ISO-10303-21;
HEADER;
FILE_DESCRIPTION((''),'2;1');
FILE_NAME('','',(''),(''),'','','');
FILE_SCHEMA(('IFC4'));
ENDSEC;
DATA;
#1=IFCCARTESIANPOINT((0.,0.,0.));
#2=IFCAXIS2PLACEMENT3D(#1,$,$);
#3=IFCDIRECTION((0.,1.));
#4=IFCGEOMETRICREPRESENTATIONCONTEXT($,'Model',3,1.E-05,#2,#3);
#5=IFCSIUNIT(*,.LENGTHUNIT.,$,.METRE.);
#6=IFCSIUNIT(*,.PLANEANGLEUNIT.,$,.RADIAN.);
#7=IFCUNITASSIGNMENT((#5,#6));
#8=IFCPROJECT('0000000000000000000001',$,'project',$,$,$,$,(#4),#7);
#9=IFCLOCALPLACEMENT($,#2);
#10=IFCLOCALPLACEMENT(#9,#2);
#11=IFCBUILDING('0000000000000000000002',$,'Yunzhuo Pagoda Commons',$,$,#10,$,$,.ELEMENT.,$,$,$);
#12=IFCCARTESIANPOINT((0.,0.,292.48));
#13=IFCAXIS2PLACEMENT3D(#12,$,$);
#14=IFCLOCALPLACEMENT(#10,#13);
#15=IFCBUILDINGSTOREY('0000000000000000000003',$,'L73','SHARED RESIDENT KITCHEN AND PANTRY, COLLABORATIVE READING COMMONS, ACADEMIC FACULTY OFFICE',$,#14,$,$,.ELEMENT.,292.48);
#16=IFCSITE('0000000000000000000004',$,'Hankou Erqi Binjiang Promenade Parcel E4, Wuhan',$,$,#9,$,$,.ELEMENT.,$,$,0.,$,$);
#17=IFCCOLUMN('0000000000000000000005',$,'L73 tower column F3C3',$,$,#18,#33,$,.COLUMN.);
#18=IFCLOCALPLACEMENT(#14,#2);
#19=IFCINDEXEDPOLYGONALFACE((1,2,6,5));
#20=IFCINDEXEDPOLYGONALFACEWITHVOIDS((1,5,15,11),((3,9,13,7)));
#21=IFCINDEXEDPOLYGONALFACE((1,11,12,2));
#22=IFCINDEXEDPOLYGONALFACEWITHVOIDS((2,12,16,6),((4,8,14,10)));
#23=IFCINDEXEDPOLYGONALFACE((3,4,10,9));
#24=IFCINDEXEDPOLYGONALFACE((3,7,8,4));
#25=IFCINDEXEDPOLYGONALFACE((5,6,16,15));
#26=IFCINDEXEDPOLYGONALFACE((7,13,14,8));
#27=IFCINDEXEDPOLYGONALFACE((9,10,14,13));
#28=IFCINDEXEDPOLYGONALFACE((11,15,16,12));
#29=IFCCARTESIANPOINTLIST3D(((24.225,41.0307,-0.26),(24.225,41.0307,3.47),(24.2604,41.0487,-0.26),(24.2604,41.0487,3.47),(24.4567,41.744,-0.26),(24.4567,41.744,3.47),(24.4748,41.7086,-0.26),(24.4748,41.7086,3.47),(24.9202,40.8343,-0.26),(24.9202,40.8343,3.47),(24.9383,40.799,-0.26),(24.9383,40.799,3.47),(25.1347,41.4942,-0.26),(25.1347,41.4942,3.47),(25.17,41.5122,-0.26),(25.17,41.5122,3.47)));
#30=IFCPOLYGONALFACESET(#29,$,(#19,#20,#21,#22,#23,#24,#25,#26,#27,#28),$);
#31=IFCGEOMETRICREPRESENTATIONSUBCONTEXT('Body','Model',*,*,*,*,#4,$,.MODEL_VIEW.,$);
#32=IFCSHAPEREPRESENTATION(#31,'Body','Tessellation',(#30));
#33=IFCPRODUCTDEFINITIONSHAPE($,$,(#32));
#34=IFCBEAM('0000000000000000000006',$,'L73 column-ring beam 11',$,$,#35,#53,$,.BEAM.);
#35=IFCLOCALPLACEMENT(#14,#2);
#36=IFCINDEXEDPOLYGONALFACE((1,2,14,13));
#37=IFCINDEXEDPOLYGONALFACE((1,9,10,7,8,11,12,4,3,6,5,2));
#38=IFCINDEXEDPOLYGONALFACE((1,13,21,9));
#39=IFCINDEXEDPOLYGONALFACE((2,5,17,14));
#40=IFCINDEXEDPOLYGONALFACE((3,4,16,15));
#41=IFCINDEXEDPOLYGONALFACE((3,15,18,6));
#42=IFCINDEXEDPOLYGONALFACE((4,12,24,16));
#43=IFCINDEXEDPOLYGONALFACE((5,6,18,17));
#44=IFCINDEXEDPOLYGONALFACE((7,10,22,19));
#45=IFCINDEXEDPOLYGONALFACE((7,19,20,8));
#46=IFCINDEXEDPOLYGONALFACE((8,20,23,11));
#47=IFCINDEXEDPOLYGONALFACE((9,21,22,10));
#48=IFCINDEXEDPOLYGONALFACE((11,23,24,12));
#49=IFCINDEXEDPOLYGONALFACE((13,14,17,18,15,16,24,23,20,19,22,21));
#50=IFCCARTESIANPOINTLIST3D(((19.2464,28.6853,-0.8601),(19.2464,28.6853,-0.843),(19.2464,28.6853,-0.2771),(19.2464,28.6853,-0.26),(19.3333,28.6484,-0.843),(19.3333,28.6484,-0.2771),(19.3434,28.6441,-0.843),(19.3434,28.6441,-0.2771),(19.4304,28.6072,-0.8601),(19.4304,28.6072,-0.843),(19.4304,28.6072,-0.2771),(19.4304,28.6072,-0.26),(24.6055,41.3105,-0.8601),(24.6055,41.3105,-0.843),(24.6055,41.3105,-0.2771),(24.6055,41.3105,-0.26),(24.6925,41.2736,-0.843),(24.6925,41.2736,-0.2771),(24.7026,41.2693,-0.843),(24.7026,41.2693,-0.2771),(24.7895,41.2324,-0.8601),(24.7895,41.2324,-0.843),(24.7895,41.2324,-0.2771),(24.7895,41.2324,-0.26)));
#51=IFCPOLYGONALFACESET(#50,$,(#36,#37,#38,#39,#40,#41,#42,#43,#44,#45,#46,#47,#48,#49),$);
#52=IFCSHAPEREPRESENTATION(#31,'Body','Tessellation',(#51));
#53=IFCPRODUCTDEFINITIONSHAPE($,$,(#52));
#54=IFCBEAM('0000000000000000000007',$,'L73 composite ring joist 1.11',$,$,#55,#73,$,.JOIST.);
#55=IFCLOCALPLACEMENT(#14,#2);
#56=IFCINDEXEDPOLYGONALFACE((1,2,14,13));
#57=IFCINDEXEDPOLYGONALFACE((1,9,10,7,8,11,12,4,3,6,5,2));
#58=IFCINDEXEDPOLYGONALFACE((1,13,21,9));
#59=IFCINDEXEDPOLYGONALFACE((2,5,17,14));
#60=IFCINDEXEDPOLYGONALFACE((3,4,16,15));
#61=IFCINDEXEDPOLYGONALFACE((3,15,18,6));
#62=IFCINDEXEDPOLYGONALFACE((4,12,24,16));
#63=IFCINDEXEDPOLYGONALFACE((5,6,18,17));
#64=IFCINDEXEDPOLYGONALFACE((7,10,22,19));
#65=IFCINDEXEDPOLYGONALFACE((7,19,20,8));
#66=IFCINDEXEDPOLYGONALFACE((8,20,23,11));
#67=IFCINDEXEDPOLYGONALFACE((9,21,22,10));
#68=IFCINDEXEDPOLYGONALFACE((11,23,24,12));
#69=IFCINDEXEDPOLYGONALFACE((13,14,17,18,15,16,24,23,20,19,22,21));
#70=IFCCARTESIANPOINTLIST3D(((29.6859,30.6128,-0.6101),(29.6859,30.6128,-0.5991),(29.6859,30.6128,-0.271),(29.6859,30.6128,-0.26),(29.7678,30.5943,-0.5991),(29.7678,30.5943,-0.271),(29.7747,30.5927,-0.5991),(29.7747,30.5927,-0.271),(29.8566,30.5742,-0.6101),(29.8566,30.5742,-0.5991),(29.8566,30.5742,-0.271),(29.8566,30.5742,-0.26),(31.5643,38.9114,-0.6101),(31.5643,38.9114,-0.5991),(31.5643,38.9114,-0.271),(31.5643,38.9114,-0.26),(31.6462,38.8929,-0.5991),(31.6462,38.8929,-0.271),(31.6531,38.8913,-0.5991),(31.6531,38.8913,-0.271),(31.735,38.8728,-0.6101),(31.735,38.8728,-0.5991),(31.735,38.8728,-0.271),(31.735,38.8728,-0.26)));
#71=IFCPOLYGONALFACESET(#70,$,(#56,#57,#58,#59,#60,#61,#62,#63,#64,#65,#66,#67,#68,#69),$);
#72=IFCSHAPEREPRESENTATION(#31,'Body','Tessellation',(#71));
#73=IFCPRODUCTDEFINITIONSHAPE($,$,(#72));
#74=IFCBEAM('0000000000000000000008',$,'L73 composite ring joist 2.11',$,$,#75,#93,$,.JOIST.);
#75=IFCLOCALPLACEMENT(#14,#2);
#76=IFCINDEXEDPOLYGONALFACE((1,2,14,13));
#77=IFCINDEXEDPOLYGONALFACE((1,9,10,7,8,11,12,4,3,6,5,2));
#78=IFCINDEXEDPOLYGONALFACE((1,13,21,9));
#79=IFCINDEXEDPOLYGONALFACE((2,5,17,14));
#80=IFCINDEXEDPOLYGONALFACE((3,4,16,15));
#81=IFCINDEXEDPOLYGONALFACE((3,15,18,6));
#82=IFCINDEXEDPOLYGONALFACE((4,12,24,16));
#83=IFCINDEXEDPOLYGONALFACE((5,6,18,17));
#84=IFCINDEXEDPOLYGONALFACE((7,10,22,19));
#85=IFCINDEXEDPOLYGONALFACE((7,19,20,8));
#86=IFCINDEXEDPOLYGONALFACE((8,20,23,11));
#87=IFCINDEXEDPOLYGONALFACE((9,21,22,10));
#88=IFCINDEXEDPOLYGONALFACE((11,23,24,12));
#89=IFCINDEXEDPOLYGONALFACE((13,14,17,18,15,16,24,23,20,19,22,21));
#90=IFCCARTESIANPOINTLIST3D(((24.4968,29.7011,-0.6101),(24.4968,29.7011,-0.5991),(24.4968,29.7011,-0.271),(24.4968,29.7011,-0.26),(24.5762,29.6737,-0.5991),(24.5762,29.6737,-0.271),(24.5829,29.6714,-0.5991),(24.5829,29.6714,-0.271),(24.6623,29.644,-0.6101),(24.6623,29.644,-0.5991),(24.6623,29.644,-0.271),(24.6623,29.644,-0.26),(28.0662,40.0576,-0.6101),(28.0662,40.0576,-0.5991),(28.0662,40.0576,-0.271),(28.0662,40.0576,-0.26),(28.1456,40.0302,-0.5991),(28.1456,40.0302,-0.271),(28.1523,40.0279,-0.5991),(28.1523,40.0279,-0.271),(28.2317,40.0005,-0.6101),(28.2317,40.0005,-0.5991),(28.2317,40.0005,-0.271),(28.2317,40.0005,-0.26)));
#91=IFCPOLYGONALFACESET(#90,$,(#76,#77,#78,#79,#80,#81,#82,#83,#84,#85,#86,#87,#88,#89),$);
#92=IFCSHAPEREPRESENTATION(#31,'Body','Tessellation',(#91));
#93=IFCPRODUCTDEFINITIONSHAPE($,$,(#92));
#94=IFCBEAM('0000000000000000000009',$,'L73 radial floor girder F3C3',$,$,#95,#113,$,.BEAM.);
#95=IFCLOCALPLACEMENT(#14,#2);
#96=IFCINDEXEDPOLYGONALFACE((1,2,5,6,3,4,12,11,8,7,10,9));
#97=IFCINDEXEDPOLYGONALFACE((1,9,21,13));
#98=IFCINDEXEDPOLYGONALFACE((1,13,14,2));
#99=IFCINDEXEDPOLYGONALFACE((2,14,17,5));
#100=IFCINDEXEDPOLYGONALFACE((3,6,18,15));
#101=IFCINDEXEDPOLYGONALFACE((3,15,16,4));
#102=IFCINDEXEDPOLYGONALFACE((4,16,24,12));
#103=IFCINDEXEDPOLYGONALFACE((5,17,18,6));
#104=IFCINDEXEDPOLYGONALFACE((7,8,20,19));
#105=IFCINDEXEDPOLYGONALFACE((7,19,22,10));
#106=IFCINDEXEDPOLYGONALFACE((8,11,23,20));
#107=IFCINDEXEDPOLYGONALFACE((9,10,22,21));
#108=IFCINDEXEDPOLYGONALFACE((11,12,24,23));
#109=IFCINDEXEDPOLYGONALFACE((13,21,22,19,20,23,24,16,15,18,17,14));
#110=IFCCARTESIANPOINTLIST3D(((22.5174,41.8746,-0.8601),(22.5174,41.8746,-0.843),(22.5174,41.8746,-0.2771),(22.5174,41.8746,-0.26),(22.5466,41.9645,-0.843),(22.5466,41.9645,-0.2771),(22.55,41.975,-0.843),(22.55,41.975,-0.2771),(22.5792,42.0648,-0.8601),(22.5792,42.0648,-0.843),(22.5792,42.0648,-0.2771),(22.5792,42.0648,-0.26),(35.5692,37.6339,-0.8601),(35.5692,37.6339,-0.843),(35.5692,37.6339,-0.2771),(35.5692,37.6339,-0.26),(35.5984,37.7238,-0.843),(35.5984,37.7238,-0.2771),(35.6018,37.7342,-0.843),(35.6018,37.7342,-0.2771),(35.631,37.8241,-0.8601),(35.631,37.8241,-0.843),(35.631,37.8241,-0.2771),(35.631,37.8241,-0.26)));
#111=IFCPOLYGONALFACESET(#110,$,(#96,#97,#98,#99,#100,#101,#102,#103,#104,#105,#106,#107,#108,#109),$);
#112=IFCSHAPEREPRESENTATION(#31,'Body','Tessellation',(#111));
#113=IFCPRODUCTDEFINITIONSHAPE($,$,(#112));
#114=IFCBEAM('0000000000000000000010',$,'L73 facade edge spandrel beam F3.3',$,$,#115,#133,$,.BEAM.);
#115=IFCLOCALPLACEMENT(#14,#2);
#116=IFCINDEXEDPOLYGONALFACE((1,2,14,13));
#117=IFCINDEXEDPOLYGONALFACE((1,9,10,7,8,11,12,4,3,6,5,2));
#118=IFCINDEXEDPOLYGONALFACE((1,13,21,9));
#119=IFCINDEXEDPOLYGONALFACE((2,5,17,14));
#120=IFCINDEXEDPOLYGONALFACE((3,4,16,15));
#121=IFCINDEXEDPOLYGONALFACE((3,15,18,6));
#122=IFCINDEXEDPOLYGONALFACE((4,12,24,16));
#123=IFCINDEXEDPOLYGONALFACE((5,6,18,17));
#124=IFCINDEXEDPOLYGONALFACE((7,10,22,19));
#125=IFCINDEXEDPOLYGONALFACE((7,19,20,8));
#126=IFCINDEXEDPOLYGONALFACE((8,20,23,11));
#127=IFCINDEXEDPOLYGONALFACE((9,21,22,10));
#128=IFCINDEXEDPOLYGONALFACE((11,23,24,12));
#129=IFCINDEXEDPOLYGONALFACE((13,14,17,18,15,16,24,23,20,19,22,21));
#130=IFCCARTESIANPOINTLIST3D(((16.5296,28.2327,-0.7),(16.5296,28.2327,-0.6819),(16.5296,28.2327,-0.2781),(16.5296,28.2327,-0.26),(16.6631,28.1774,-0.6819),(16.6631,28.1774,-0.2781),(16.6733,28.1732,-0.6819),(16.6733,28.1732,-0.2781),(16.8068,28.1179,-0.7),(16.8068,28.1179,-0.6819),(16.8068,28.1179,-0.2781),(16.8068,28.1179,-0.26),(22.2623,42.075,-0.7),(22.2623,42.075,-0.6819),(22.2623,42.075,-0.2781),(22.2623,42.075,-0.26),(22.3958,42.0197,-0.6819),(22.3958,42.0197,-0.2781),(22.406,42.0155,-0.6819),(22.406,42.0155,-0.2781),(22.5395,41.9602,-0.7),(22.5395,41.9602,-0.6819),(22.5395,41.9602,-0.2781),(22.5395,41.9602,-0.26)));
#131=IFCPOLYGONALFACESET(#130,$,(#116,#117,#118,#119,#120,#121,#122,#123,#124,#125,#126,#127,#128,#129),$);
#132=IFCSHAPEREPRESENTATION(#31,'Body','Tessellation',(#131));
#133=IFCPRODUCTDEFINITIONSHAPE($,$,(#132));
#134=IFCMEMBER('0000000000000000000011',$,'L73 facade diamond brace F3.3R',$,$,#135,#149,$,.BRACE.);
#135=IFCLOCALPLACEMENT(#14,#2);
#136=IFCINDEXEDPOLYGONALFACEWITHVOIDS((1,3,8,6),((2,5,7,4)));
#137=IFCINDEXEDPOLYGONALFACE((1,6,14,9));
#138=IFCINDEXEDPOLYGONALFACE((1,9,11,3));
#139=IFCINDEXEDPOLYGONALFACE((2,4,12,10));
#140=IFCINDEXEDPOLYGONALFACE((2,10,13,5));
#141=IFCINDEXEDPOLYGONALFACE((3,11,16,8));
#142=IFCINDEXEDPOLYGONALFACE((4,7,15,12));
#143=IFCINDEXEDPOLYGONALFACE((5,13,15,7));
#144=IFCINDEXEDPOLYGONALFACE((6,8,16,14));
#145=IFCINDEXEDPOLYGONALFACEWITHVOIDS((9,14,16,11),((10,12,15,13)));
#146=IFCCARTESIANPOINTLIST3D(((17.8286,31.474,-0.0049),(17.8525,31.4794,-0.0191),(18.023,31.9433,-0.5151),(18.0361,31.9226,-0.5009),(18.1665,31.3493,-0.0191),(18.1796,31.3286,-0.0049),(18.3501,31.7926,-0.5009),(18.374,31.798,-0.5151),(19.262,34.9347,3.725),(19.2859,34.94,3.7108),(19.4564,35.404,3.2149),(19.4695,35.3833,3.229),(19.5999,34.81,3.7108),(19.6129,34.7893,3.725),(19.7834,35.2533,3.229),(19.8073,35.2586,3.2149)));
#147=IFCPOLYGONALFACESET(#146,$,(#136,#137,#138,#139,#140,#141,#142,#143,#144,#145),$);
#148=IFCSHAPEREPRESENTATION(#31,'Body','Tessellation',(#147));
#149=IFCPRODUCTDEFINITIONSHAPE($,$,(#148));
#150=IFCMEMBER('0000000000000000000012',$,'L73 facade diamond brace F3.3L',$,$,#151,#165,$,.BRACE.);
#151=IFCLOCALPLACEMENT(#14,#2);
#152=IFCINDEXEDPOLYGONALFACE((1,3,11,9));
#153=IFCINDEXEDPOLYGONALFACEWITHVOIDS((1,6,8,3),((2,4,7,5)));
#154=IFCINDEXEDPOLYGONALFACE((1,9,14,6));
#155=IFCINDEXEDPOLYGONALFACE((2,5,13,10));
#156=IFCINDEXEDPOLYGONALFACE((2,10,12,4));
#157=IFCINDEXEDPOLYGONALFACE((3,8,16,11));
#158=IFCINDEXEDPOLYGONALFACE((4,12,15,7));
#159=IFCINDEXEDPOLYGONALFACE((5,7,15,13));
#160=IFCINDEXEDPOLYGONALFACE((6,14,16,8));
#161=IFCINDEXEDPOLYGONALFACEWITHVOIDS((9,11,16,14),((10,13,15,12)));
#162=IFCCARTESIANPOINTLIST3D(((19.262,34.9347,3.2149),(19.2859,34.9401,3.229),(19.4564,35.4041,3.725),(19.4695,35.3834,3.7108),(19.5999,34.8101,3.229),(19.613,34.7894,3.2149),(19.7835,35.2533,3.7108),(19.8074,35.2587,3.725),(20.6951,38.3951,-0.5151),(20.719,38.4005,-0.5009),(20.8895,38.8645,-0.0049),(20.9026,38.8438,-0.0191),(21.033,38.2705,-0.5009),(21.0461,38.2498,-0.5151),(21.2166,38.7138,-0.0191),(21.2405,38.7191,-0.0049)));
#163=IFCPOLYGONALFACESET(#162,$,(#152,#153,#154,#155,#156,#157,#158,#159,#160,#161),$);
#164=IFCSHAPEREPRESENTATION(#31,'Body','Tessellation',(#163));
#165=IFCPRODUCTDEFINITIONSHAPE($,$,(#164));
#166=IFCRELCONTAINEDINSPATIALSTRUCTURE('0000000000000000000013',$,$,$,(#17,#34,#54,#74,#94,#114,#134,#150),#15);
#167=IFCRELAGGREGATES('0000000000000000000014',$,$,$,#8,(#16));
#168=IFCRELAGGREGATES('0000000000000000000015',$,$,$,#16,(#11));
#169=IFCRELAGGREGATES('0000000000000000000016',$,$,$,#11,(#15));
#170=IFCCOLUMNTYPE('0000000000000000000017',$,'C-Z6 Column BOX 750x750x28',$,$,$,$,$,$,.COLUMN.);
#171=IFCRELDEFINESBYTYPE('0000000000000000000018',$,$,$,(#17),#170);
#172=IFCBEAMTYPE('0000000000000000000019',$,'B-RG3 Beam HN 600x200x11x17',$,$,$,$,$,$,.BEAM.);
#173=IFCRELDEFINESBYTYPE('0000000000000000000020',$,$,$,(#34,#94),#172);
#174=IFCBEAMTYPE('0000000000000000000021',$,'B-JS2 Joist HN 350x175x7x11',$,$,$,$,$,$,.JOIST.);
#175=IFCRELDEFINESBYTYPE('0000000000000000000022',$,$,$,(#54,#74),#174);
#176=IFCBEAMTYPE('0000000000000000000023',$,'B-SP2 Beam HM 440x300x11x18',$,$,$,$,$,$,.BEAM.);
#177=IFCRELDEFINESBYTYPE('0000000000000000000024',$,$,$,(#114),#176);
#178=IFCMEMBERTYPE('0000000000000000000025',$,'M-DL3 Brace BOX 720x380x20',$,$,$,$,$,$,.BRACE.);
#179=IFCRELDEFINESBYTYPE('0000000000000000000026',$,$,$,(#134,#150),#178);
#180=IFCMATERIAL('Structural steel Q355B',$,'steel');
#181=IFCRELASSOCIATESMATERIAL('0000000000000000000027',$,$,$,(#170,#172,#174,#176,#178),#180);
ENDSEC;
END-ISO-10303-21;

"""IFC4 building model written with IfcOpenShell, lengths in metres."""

from ifc_helpers import new_model, si_unit, direction, frame, origin, origin_2d, place, context, subcontext, project, spatial, hollow_rectangle, i_section, extrude, source, transform, mapped, material, material_profile, profile_set, type_object, element, save


model = new_model("IFC4")

# Units and contexts
model_context = context("Model", 3, precision=1e-05, world=origin(), true_north=direction((0.0, 1.0)))
body_context = subcontext(model_context, "Body", "Model", "MODEL_VIEW")
ifc_project = project(units=[si_unit("LENGTHUNIT", "METRE"), si_unit("PLANEANGLEUNIT", "RADIAN")], contexts=[model_context])

# Site, building, storey
site_placement = place(None, origin())
site = spatial("IfcSite", under=ifc_project, at=site_placement, Name="Hankou Erqi Binjiang Promenade Parcel E4, Wuhan", CompositionType="ELEMENT", RefElevation=0.0)
building_placement = place(site_placement, origin())
building = spatial("IfcBuilding", under=site, at=building_placement, Name="Yunzhuo Pagoda Commons", CompositionType="ELEMENT")
storey_placement = place(building_placement, frame((0.0, 0.0, 292.48)))
storey = spatial("IfcBuildingStorey", under=building, at=storey_placement, Name="L73", Description="SHARED RESIDENT KITCHEN AND PANTRY, COLLABORATIVE READING COMMONS, ACADEMIC FACULTY OFFICE", CompositionType="ELEMENT", Elevation=292.48)

# Column
ifc_material_1 = material(Name="Structural steel Q355B", Category="steel")
ifc_material_profile_1 = material_profile(ifc_material_1, hollow_rectangle(XDim=0.75, YDim=0.75, WallThickness=0.0281, at=origin_2d()), Name="Structural steel Q355B")
ifc_profile_set_1 = profile_set([ifc_material_profile_1], Name="Structural steel Q355B")
column_type = type_object("IfcColumnType", Name="C-Z6 Column BOX 750x750x28", PredefinedType="COLUMN", material=ifc_profile_set_1)
shared_shape_1 = source(origin(), body_context, "Body", "SweptSolid", [
    extrude(hollow_rectangle(XDim=0.75, YDim=0.75, WallThickness=0.0281, at=origin_2d()), origin(), (0.0, 0.0, 1.0), 3.73),
])
column_placement = place(storey_placement, frame((24.6975, 41.2715, -0.26), z_axis=(0.0, 0.0, 1.0), x_axis=(-0.309017, -0.951057, 0.0)))
element("IfcColumn", 1, at=column_placement, inside=storey, type_object=column_type, Name="L73 tower column F3C3", PredefinedType="COLUMN", context=body_context, shape_type="MappedRepresentation", body=[
    mapped(shared_shape_1, transform((0.0, 0.0, 0.0), scale=1.0)),
])

# Beams
ifc_material_profile_2 = material_profile(ifc_material_1, i_section(OverallWidth=0.2, OverallDepth=0.6001, WebThickness=0.011, FlangeThickness=0.0171, at=origin_2d()), Name="Structural steel Q355B")
ifc_profile_set_2 = profile_set([ifc_material_profile_2], Name="Structural steel Q355B")
beam_type_1 = type_object("IfcBeamType", Name="B-RG3 Beam HN 600x200x11x17", PredefinedType="BEAM", material=ifc_profile_set_2)
shared_shape_2 = source(origin(), body_context, "Body", "SweptSolid", [
    extrude(i_section(OverallWidth=0.2, OverallDepth=0.6001, WebThickness=0.011, FlangeThickness=0.0171, at=origin_2d()), origin(), (0.0, 0.0, 1.0), 13.7156),
])
beam_1_placement = place(storey_placement, frame((24.6975, 41.2715, -0.5601), z_axis=(-0.390733, -0.920504, 0.0), x_axis=(0.920504, -0.390733, 0.0)))
element("IfcBeam", 2, at=beam_1_placement, inside=storey, type_object=beam_type_1, Name="L73 column-ring beam 11", PredefinedType="BEAM", context=body_context, shape_type="MappedRepresentation", body=[
    mapped(shared_shape_2, transform((0.0, 0.0, 0.0), scale=1.0)),
])
ifc_material_profile_3 = material_profile(ifc_material_1, i_section(OverallWidth=0.175, OverallDepth=0.3501, WebThickness=0.0071, FlangeThickness=0.011, at=origin_2d()), Name="Structural steel Q355B")
ifc_profile_set_3 = profile_set([ifc_material_profile_3], Name="Structural steel Q355B")
beam_type_2 = type_object("IfcBeamType", Name="B-JS2 Joist HN 350x175x7x11", PredefinedType="JOIST", material=ifc_profile_set_3)
shared_shape_3 = source(origin(), body_context, "Body", "SweptSolid", [
    extrude(i_section(OverallWidth=0.175, OverallDepth=0.3501, WebThickness=0.0071, FlangeThickness=0.011, at=origin_2d()), origin(), (0.0, 0.0, 1.0), 8.5085),
])
beam_2_placement = place(storey_placement, frame((31.6497, 38.8921, -0.4351), z_axis=(-0.220769, -0.975326, 0.0), x_axis=(0.975326, -0.220769, 0.0)))
element("IfcBeam", 3, at=beam_2_placement, inside=storey, type_object=beam_type_2, Name="L73 composite ring joist 1.11", PredefinedType="JOIST", context=body_context, shape_type="MappedRepresentation", body=[
    mapped(shared_shape_3, transform((0.0, 0.0, 0.0), scale=1.0)),
])
shared_shape_4 = source(origin(), body_context, "Body", "SweptSolid", [
    extrude(i_section(OverallWidth=0.175, OverallDepth=0.3501, WebThickness=0.0071, FlangeThickness=0.011, at=origin_2d()), origin(), (0.0, 0.0, 1.0), 10.9543),
])
beam_3_placement = place(storey_placement, frame((28.1489, 40.0291, -0.4351), z_axis=(-0.32584, -0.945425, 0.0), x_axis=(0.945425, -0.32584, 0.0)))
element("IfcBeam", 4, at=beam_3_placement, inside=storey, type_object=beam_type_2, Name="L73 composite ring joist 2.11", PredefinedType="JOIST", context=body_context, shape_type="MappedRepresentation", body=[
    mapped(shared_shape_4, transform((0.0, 0.0, 0.0), scale=1.0)),
])
shared_shape_5 = source(origin(), body_context, "Body", "SweptSolid", [
    extrude(i_section(OverallWidth=0.2, OverallDepth=0.6001, WebThickness=0.011, FlangeThickness=0.0171, at=origin_2d()), origin(), (0.0, 0.0, 1.0), 13.7234),
])
beam_4_placement = place(storey_placement, frame((22.5483, 41.9697, -0.5601), z_axis=(0.951058, -0.309014, 0.0), x_axis=(0.309014, 0.951058, 0.0)))
element("IfcBeam", 5, at=beam_4_placement, inside=storey, type_object=beam_type_1, Name="L73 radial floor girder F3C3", PredefinedType="BEAM", context=body_context, shape_type="MappedRepresentation", body=[
    mapped(shared_shape_5, transform((0.0, 0.0, 0.0), scale=1.0)),
])
ifc_material_profile_4 = material_profile(ifc_material_1, i_section(OverallWidth=0.3, OverallDepth=0.4399, WebThickness=0.011, FlangeThickness=0.0181, at=origin_2d()), Name="Structural steel Q355B")
ifc_profile_set_4 = profile_set([ifc_material_profile_4], Name="Structural steel Q355B")
beam_type_3 = type_object("IfcBeamType", Name="B-SP2 Beam HM 440x300x11x18", PredefinedType="BEAM", material=ifc_profile_set_4)
shared_shape_6 = source(origin(), body_context, "Body", "SweptSolid", [
    extrude(i_section(OverallWidth=0.3, OverallDepth=0.4399, WebThickness=0.011, FlangeThickness=0.0181, at=origin_2d()), origin(), (0.0, 0.0, 1.0), 14.9824),
])
beam_5_placement = place(storey_placement, frame((22.4009, 42.0176, -0.48), z_axis=(-0.382627, -0.923903, 0.0), x_axis=(0.923903, -0.382627, 0.0)))
element("IfcBeam", 6, at=beam_5_placement, inside=storey, type_object=beam_type_3, Name="L73 facade edge spandrel beam F3.3", PredefinedType="BEAM", context=body_context, shape_type="MappedRepresentation", body=[
    mapped(shared_shape_6, transform((0.0, 0.0, 0.0), scale=1.0)),
])

# Members
ifc_material_profile_5 = material_profile(ifc_material_1, hollow_rectangle(XDim=0.3799, YDim=0.72, WallThickness=0.02, at=origin_2d()), Name="Structural steel Q355B")
ifc_profile_set_5 = profile_set([ifc_material_profile_5], Name="Structural steel Q355B")
member_type_1 = type_object("IfcMemberType", Name="M-DL3 Brace BOX 720x380x20", PredefinedType="BRACE", material=ifc_profile_set_5)
shared_shape_7 = source(origin(), body_context, "Body", "SweptSolid", [
    extrude(hollow_rectangle(XDim=0.3799, YDim=0.72, WallThickness=0.02, at=origin_2d()), origin(), (0.0, 0.0, 1.0), 5.2861),
])
member_1_placement = place(storey_placement, frame((18.1013, 31.636, -0.26), z_axis=(0.271151, 0.654669, 0.705611), x_axis=(-0.923891, 0.382657, 0.0)))
element("IfcMember", 7, at=member_1_placement, inside=storey, type_object=member_type_1, Name="L73 facade diamond brace F3.3R", PredefinedType="BRACE", context=body_context, shape_type="MappedRepresentation", body=[
    mapped(shared_shape_7, transform((0.0, 0.0, 0.0), scale=1.0)),
])
shared_shape_8 = source(origin(), body_context, "Body", "SweptSolid", [
    extrude(hollow_rectangle(XDim=0.3799, YDim=0.72, WallThickness=0.02, at=origin_2d()), origin(), (0.0, 0.0, 1.0), 5.2859),
])
member_2_placement = place(storey_placement, frame((20.9678, 38.5571, -0.26), z_axis=(-0.271116, -0.654651, 0.705641), x_axis=(0.923904, -0.382624, 0.0)))
element("IfcMember", 8, at=member_2_placement, inside=storey, type_object=member_type_1, Name="L73 facade diamond brace F3.3L", PredefinedType="BRACE", context=body_context, shape_type="MappedRepresentation", body=[
    mapped(shared_shape_8, transform((0.0, 0.0, 0.0), scale=1.0)),
])

save(model, "model.ifc")
